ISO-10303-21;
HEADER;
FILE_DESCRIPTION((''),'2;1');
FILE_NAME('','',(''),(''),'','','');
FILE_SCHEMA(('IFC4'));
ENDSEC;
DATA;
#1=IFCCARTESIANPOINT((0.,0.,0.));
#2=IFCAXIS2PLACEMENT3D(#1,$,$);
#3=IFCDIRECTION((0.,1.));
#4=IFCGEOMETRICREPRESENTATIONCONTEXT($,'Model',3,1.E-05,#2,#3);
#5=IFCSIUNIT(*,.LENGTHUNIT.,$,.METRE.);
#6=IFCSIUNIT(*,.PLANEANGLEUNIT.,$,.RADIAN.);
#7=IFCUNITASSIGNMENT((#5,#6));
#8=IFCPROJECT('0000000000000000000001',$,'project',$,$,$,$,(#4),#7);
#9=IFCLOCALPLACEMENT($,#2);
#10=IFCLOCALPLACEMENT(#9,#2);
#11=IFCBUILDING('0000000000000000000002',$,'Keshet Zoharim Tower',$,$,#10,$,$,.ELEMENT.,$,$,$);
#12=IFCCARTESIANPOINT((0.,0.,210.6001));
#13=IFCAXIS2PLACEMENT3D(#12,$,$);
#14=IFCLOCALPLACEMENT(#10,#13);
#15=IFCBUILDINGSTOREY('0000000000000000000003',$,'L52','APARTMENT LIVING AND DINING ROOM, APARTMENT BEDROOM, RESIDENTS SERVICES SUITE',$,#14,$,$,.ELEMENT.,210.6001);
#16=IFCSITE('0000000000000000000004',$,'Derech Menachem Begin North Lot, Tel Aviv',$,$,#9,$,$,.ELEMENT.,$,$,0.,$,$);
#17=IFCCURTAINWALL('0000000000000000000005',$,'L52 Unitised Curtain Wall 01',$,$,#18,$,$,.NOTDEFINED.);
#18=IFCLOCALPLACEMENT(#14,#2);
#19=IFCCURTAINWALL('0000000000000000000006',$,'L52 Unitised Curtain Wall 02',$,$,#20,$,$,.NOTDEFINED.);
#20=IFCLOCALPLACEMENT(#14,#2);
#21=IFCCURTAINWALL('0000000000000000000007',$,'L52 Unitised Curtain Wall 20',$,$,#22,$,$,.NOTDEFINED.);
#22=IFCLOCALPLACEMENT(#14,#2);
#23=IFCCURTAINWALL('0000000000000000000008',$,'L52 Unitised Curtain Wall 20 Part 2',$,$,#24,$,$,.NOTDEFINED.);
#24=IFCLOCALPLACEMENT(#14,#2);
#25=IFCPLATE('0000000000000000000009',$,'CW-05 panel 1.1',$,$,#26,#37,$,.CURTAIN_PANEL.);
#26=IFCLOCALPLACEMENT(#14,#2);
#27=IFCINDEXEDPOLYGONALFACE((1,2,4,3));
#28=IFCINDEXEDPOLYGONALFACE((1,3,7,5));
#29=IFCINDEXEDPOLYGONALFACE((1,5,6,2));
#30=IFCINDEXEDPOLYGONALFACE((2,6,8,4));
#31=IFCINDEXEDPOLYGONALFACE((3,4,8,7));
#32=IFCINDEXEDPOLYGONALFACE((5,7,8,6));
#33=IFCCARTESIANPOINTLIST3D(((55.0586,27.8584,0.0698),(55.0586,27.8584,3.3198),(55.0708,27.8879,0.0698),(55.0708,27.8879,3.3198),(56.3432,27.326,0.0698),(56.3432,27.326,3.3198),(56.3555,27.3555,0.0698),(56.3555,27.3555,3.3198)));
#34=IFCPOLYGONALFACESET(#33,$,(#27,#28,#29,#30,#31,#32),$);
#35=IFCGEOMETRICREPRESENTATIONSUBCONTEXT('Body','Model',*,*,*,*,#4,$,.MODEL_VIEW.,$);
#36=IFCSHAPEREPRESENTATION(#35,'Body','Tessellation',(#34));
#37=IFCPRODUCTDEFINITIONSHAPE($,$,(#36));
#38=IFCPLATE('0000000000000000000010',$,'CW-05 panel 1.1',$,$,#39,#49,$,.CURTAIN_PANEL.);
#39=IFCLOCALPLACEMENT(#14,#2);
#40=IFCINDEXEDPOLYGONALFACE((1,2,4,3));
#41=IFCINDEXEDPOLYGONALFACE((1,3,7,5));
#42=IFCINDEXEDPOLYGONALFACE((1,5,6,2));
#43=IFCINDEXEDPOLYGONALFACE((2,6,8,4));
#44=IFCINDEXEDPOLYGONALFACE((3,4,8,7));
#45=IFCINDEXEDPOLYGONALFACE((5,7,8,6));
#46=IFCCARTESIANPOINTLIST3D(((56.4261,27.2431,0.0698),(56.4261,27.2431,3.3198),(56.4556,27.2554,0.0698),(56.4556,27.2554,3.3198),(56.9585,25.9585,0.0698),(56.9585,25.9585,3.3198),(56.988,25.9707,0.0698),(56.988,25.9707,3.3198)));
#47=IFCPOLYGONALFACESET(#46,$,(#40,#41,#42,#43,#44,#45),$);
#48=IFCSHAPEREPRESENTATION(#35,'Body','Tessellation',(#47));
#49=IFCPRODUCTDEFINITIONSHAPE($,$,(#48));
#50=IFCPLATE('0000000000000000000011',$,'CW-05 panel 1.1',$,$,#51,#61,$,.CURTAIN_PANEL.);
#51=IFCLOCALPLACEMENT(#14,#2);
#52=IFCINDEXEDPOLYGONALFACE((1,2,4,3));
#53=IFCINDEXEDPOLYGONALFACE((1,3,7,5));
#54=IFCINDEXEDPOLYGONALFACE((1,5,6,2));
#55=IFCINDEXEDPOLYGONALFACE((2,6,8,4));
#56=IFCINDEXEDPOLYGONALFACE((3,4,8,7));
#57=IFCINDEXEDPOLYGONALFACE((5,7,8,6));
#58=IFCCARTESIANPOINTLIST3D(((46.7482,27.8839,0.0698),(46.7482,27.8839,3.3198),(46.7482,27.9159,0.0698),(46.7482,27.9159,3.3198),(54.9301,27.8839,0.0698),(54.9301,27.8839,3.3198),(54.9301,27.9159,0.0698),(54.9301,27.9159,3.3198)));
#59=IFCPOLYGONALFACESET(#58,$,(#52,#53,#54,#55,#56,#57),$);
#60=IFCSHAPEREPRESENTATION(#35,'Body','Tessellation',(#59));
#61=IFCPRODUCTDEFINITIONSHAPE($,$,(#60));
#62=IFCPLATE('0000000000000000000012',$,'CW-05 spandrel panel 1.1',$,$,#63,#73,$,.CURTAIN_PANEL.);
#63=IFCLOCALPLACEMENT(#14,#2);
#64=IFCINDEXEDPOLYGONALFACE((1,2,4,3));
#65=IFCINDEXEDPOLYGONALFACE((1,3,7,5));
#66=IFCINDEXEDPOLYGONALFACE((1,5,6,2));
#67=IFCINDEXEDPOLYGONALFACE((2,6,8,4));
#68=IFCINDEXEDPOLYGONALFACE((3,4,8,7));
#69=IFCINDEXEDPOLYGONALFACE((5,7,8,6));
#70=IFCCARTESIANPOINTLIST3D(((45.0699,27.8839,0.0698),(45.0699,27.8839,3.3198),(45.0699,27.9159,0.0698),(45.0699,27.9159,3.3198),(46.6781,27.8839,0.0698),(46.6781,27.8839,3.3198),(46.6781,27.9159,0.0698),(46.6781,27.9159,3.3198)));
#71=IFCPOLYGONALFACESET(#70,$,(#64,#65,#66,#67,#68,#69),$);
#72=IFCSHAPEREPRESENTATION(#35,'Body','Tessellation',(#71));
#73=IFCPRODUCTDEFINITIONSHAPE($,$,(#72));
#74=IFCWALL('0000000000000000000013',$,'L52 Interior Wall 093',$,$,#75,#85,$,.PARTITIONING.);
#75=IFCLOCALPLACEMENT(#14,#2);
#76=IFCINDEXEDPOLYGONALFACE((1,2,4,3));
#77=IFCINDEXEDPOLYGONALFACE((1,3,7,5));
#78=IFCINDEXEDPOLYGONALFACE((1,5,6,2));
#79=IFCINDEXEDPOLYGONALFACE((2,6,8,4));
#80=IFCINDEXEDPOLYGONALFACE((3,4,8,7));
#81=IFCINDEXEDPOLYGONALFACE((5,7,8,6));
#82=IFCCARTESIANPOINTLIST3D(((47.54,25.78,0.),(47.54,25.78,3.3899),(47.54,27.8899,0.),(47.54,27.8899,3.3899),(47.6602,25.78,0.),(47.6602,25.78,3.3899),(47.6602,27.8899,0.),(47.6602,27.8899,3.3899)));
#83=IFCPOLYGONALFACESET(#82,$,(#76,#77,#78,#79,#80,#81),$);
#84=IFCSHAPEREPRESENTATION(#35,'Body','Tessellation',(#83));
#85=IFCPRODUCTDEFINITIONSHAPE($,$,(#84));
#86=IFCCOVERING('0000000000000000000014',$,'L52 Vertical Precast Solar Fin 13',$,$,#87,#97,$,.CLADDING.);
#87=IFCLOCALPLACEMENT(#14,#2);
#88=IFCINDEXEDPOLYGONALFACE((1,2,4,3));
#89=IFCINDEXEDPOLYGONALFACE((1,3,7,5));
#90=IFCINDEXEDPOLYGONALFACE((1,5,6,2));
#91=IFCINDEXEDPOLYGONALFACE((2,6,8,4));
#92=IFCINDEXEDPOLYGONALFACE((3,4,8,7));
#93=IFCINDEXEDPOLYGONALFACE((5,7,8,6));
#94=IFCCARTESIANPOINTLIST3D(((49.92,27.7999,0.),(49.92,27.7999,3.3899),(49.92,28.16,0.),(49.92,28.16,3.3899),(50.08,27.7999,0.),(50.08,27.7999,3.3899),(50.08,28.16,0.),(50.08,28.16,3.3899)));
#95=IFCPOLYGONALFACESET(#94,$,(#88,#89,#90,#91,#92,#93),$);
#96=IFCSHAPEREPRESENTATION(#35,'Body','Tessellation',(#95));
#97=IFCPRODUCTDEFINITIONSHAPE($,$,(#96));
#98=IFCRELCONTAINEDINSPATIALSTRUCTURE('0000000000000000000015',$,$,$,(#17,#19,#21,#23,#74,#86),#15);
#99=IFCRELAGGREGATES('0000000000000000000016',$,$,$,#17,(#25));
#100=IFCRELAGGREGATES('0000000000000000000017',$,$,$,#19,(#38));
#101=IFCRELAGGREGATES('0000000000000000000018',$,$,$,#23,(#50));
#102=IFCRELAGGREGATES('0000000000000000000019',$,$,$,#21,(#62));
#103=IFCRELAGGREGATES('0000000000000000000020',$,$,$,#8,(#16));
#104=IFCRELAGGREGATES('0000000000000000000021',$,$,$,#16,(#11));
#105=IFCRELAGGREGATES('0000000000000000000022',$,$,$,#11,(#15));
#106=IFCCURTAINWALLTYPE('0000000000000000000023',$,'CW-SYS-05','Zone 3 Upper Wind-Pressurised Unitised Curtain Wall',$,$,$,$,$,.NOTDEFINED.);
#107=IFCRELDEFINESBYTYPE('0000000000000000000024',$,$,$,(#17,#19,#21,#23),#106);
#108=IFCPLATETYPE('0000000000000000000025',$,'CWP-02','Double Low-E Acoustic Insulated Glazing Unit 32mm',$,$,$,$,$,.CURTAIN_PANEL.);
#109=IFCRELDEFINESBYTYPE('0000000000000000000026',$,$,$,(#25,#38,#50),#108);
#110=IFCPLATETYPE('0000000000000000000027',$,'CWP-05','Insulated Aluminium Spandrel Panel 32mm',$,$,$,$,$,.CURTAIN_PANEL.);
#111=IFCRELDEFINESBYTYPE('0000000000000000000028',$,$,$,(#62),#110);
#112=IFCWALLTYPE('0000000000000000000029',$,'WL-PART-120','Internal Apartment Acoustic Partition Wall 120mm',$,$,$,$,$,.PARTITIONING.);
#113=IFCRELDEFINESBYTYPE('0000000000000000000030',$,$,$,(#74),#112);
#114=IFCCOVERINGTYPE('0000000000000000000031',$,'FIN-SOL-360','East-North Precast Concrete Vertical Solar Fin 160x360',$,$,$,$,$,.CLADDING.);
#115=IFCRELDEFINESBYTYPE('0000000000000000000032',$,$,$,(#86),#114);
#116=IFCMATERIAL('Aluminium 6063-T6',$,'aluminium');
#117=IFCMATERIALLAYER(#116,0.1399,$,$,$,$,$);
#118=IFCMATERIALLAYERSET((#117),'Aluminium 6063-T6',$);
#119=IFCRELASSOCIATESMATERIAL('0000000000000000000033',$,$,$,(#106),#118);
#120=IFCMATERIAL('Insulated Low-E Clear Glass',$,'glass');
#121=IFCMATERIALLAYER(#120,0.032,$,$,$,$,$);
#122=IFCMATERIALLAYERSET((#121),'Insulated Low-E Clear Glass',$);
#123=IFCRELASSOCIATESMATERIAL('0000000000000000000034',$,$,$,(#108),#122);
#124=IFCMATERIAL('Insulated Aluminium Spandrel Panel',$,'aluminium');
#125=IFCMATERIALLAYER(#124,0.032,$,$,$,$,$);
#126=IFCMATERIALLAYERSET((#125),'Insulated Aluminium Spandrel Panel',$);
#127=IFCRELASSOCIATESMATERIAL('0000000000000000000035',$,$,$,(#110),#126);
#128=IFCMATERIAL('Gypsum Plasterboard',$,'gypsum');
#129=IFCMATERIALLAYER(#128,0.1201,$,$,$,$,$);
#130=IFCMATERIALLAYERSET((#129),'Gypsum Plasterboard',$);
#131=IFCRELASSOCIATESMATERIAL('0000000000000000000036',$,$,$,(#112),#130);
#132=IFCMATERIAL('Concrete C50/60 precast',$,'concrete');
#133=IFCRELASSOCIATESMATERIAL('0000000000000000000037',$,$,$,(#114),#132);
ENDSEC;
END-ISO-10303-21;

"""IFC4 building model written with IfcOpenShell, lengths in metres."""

from ifc_helpers import new_model, si_unit, direction, frame, frame_2d, origin, origin_2d, place, context, subcontext, project, spatial, rectangle, extrude, material, layer, layer_set, type_object, element, aggregate, save


model = new_model("IFC4")

# Units and contexts
model_context = context("Model", 3, precision=1e-05, world=origin(), true_north=direction((0.0, 1.0)))
body_context = subcontext(model_context, "Body", "Model", "MODEL_VIEW")
ifc_project = project(units=[si_unit("LENGTHUNIT", "METRE"), si_unit("PLANEANGLEUNIT", "RADIAN")], contexts=[model_context])

# Site, building, storey
site_placement = place(None, origin())
site = spatial("IfcSite", under=ifc_project, at=site_placement, Name="Derech Menachem Begin North Lot, Tel Aviv", CompositionType="ELEMENT", RefElevation=0.0)
building_placement = place(site_placement, origin())
building = spatial("IfcBuilding", under=site, at=building_placement, Name="Keshet Zoharim Tower", CompositionType="ELEMENT")
storey_placement = place(building_placement, frame((0.0, 0.0, 210.6001)))
storey = spatial("IfcBuildingStorey", under=building, at=storey_placement, Name="L52", Description="APARTMENT LIVING AND DINING ROOM, APARTMENT BEDROOM, RESIDENTS SERVICES SUITE", CompositionType="ELEMENT", Elevation=210.6001)

# Curtain walls
ifc_material_1 = material(Name="Aluminium 6063-T6", Category="aluminium")
ifc_layer_1 = layer(ifc_material_1, 0.1399)
ifc_layer_set_1 = layer_set([ifc_layer_1], Name="Aluminium 6063-T6")
curtain_wall_type = type_object("IfcCurtainWallType", Name="CW-SYS-05", Description="Zone 3 Upper Wind-Pressurised Unitised Curtain Wall", PredefinedType="NOTDEFINED", material=ifc_layer_set_1)
curtain_wall_1_placement = place(storey_placement, origin())
curtain_wall_1 = element("IfcCurtainWall", 1, at=curtain_wall_1_placement, inside=storey, type_object=curtain_wall_type, Name="L52 Unitised Curtain Wall 01", PredefinedType="NOTDEFINED")
curtain_wall_2_placement = place(storey_placement, origin())
curtain_wall_2 = element("IfcCurtainWall", 2, at=curtain_wall_2_placement, inside=storey, type_object=curtain_wall_type, Name="L52 Unitised Curtain Wall 02", PredefinedType="NOTDEFINED")

# Curtain wall
curtain_wall_3_placement = place(storey_placement, origin())
curtain_wall_3 = element("IfcCurtainWall", 3, at=curtain_wall_3_placement, inside=storey, type_object=curtain_wall_type, Name="L52 Unitised Curtain Wall 20", PredefinedType="NOTDEFINED")

# Curtain wall
curtain_wall_4_placement = place(storey_placement, origin())
curtain_wall_4 = element("IfcCurtainWall", 4, at=curtain_wall_4_placement, inside=storey, type_object=curtain_wall_type, Name="L52 Unitised Curtain Wall 20 Part 2", PredefinedType="NOTDEFINED")

# Plates
ifc_material_2 = material(Name="Insulated Low-E Clear Glass", Category="glass")
ifc_layer_2 = layer(ifc_material_2, 0.032)
ifc_layer_set_2 = layer_set([ifc_layer_2], Name="Insulated Low-E Clear Glass")
plate_type_1 = type_object("IfcPlateType", Name="CWP-02", Description="Double Low-E Acoustic Insulated Glazing Unit 32mm", PredefinedType="CURTAIN_PANEL", material=ifc_layer_set_2)
plate_1_placement = place(storey_placement, frame((55.707, 27.6069, 0.0698), z_axis=(0.0, 0.0, 1.0), x_axis=(0.92381, -0.382852, 0.0)))
plate_1 = element("IfcPlate", 5, at=plate_1_placement, type_object=plate_type_1, Name="CW-05 panel 1.1", PredefinedType="CURTAIN_PANEL", context=body_context, shape_type="SweptSolid", body=[
    extrude(rectangle(XDim=1.3906, YDim=0.032, at=origin_2d()), origin(), (0.0, 0.0, 1.0), 3.25),
])
aggregate(curtain_wall_1, [plate_1])
plate_2_placement = place(storey_placement, frame((56.707, 26.6069, 0.0698), z_axis=(0.0, 0.0, 1.0), x_axis=(0.382852, -0.92381, 0.0)))
plate_2 = element("IfcPlate", 6, at=plate_2_placement, type_object=plate_type_1, Name="CW-05 panel 1.1", PredefinedType="CURTAIN_PANEL", context=body_context, shape_type="SweptSolid", body=[
    extrude(rectangle(XDim=1.3906, YDim=0.032, at=origin_2d()), origin(), (0.0, 0.0, 1.0), 3.25),
])
aggregate(curtain_wall_2, [plate_2])
plate_3_placement = place(storey_placement, frame((50.8391, 27.8999, 0.0698), z_axis=(0.0, 0.0, 1.0), x_axis=(1.0, 0.0, 0.0)))
plate_3 = element("IfcPlate", 7, at=plate_3_placement, type_object=plate_type_1, Name="CW-05 panel 1.1", PredefinedType="CURTAIN_PANEL", context=body_context, shape_type="SweptSolid", body=[
    extrude(rectangle(XDim=8.1819, YDim=0.032, at=origin_2d()), origin(), (0.0, 0.0, 1.0), 3.25),
])
aggregate(curtain_wall_4, [plate_3])
ifc_material_3 = material(Name="Insulated Aluminium Spandrel Panel", Category="aluminium")
ifc_layer_3 = layer(ifc_material_3, 0.032)
ifc_layer_set_3 = layer_set([ifc_layer_3], Name="Insulated Aluminium Spandrel Panel")
plate_type_2 = type_object("IfcPlateType", Name="CWP-05", Description="Insulated Aluminium Spandrel Panel 32mm", PredefinedType="CURTAIN_PANEL", material=ifc_layer_set_3)
plate_4_placement = place(storey_placement, frame((45.874, 27.8999, 0.0698), z_axis=(0.0, 0.0, 1.0), x_axis=(1.0, 0.0, 0.0)))
plate_4 = element("IfcPlate", 8, at=plate_4_placement, type_object=plate_type_2, Name="CW-05 spandrel panel 1.1", PredefinedType="CURTAIN_PANEL", context=body_context, shape_type="SweptSolid", body=[
    extrude(rectangle(XDim=1.6082, YDim=0.032, at=origin_2d()), origin(), (0.0, 0.0, 1.0), 3.25),
])
aggregate(curtain_wall_3, [plate_4])

# Wall
ifc_material_4 = material(Name="Gypsum Plasterboard", Category="gypsum")
ifc_layer_4 = layer(ifc_material_4, 0.1201)
ifc_layer_set_4 = layer_set([ifc_layer_4], Name="Gypsum Plasterboard")
wall_type = type_object("IfcWallType", Name="WL-PART-120", Description="Internal Apartment Acoustic Partition Wall 120mm", PredefinedType="PARTITIONING", material=ifc_layer_set_4)
wall_placement = place(storey_placement, frame((47.6001, 25.78, 0.0), z_axis=(0.0, 0.0, 1.0), x_axis=(0.0, 1.0, 0.0)))
element("IfcWall", 9, at=wall_placement, inside=storey, type_object=wall_type, Name="L52 Interior Wall 093", PredefinedType="PARTITIONING", context=body_context, shape_type="SweptSolid", body=[
    extrude(rectangle(XDim=2.1099, YDim=0.1201, at=frame_2d((1.0549, 0.0))), origin(), (0.0, 0.0, 1.0), 3.3899),
])

# Covering
ifc_material_5 = material(Name="Concrete C50/60 precast", Category="concrete")
covering_type = type_object("IfcCoveringType", Name="FIN-SOL-360", Description="East-North Precast Concrete Vertical Solar Fin 160x360", PredefinedType="CLADDING", material=ifc_material_5)
covering_placement = place(storey_placement, frame((50.0, 27.98, 0.0), z_axis=(0.0, 0.0, 1.0), x_axis=(1.0, 0.0, 0.0)))
element("IfcCovering", 10, at=covering_placement, inside=storey, type_object=covering_type, Name="L52 Vertical Precast Solar Fin 13", PredefinedType="CLADDING", context=body_context, shape_type="SweptSolid", body=[
    extrude(rectangle(XDim=0.1599, YDim=0.3601, at=origin_2d()), origin(), (0.0, 0.0, 1.0), 3.3899),
])

save(model, "model.ifc")
